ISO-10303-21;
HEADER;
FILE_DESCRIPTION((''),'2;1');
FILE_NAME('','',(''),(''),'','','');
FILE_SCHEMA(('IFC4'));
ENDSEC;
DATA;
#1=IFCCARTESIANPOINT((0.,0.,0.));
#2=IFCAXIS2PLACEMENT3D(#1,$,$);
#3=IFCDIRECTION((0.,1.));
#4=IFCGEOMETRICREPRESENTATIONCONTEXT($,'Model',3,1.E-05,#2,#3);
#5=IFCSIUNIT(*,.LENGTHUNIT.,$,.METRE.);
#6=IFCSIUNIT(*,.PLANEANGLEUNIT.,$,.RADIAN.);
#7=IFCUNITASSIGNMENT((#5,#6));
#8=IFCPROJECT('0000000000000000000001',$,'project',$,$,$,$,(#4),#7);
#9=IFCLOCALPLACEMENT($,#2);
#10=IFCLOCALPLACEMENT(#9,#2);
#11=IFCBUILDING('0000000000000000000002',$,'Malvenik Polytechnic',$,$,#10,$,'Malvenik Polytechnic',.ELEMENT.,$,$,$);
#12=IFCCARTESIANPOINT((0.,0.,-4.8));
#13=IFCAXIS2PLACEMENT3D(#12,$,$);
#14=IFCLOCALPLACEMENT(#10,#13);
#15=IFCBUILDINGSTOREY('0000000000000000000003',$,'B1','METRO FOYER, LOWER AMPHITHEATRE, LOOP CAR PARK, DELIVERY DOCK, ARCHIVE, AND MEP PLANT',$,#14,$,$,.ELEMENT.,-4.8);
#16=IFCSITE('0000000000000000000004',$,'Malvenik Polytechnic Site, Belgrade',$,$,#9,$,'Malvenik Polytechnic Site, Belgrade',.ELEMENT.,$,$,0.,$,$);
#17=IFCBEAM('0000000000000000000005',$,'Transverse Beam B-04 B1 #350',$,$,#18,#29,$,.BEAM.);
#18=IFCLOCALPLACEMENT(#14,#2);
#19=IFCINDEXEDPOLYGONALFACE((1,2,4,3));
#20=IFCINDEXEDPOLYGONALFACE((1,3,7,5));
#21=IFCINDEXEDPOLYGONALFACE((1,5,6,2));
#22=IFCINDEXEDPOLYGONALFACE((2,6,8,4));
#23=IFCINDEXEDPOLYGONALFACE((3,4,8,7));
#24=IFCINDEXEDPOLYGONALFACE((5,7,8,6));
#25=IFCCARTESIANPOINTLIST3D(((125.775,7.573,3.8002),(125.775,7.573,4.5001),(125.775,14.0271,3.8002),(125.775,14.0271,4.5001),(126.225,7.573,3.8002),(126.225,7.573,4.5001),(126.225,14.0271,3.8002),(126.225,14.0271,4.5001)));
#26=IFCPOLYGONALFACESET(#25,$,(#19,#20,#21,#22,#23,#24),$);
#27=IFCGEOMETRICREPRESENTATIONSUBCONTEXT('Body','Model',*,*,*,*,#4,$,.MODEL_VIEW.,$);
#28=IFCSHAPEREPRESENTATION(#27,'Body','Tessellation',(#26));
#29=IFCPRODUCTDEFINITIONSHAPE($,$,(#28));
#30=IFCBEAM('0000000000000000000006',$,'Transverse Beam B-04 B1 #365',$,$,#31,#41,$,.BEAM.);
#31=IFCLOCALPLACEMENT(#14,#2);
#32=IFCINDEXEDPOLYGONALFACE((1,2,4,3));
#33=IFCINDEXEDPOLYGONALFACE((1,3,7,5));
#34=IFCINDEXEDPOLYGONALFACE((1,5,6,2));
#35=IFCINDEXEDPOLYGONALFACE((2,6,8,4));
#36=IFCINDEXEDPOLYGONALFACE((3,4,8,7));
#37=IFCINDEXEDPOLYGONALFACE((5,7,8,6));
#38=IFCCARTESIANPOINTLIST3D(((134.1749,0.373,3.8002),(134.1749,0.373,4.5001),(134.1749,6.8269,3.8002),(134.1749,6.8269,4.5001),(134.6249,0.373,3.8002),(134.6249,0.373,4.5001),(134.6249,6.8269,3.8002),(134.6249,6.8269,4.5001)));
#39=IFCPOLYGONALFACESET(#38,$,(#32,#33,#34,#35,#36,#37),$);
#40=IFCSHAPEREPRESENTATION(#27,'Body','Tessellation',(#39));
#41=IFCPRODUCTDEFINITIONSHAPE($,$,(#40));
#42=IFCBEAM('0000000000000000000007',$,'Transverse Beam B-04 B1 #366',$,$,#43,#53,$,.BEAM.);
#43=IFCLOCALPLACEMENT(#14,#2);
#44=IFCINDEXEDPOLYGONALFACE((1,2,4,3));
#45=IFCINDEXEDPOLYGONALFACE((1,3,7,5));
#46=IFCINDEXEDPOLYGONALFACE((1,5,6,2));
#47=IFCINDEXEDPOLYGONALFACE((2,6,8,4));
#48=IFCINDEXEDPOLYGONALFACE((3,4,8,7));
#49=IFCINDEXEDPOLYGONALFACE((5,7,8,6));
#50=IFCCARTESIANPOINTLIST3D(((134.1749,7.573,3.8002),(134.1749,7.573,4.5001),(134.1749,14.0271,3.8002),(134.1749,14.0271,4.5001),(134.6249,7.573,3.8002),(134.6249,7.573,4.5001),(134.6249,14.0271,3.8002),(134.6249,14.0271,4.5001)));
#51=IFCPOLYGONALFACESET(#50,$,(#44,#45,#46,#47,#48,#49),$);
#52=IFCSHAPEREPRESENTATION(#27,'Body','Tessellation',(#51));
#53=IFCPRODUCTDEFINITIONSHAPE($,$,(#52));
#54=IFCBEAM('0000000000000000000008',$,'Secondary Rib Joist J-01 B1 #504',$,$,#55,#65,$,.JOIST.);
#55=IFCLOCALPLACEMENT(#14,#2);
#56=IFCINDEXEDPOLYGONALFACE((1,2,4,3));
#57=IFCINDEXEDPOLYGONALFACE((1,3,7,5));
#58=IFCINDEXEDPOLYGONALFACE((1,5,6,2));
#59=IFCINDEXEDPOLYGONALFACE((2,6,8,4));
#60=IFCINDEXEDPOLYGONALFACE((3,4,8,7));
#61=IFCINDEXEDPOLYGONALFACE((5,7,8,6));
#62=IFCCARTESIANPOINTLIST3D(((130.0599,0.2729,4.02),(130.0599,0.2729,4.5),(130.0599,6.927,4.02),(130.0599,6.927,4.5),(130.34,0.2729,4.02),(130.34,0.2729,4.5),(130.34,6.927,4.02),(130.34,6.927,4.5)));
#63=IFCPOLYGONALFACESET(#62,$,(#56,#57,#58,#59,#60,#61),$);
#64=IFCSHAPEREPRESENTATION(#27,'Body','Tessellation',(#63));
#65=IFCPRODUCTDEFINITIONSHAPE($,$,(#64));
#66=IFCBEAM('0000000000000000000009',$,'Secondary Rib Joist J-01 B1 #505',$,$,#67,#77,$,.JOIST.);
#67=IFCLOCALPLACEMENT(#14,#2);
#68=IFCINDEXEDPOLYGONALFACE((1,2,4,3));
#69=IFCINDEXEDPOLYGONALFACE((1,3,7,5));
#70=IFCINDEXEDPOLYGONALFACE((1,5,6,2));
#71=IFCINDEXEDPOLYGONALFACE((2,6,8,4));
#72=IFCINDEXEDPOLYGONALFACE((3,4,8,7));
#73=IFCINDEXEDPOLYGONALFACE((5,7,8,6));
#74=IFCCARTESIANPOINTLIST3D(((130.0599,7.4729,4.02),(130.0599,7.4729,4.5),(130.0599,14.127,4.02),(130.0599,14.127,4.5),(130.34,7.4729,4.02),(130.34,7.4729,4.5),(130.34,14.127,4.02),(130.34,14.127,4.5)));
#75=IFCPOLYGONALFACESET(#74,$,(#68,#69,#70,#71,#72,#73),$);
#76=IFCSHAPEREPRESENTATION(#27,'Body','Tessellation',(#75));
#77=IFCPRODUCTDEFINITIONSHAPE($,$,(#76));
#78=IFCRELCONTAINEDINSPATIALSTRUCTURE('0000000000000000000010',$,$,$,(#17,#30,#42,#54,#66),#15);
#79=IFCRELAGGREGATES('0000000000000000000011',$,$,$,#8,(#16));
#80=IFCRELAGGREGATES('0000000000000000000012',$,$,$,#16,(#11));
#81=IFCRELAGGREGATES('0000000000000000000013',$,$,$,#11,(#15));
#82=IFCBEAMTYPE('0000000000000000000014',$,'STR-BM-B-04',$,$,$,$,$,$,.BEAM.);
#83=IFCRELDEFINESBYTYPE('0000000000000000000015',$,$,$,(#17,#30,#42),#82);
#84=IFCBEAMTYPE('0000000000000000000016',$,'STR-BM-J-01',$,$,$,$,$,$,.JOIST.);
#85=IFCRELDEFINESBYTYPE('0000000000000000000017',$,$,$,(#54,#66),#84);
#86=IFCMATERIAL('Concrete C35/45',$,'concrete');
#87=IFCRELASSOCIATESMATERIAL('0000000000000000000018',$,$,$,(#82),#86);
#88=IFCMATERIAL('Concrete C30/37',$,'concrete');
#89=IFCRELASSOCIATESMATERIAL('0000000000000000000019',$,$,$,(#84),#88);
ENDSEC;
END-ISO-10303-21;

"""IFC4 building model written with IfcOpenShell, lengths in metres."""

from ifc_helpers import new_model, si_unit, direction, frame, origin, origin_2d, place, context, subcontext, project, spatial, rectangle, extrude, material, material_profile, profile_set, type_object, element, save


model = new_model("IFC4")

# Units and contexts
model_context = context("Model", 3, precision=1e-05, world=origin(), true_north=direction((0.0, 1.0)))
body_context = subcontext(model_context, "Body", "Model", "MODEL_VIEW")
ifc_project = project(units=[si_unit("LENGTHUNIT", "METRE"), si_unit("PLANEANGLEUNIT", "RADIAN")], contexts=[model_context])

# Site, building, storey
site_placement = place(None, origin())
site = spatial("IfcSite", under=ifc_project, at=site_placement, Name="Malvenik Polytechnic Site, Belgrade", LongName="Malvenik Polytechnic Site, Belgrade", CompositionType="ELEMENT", RefElevation=0.0)
building_placement = place(site_placement, origin())
building = spatial("IfcBuilding", under=site, at=building_placement, Name="Malvenik Polytechnic", LongName="Malvenik Polytechnic", CompositionType="ELEMENT")
storey_placement = place(building_placement, frame((0.0, 0.0, -4.8)))
storey = spatial("IfcBuildingStorey", under=building, at=storey_placement, Name="B1", Description="METRO FOYER, LOWER AMPHITHEATRE, LOOP CAR PARK, DELIVERY DOCK, ARCHIVE, AND MEP PLANT", CompositionType="ELEMENT", Elevation=-4.8)

# Shared definitions
ifc_material_1 = material(Name="Concrete C35/45", Category="concrete")

# Beams
ifc_material_profile_1 = material_profile(ifc_material_1, rectangle(XDim=0.45, YDim=0.7, at=origin_2d()), Name="RC BM 450x700")
ifc_profile_set_1 = profile_set([ifc_material_profile_1], Name="Concrete C35/45")
beam_type_1 = type_object("IfcBeamType", Name="STR-BM-B-04", PredefinedType="BEAM", material=ifc_profile_set_1)
beam_1_placement = place(storey_placement, frame((126.0, 7.573, 4.1501), z_axis=(0.0, 1.0, 0.0), x_axis=(-1.0, 0.0, 0.0)))
element("IfcBeam", 1, at=beam_1_placement, inside=storey, type_object=beam_type_1, Name="Transverse Beam B-04 B1 #350", PredefinedType="BEAM", context=body_context, shape_type="SweptSolid", body=[
    extrude(rectangle(XDim=0.45, YDim=0.7, at=origin_2d()), origin(), (0.0, 0.0, 1.0), 6.4541),
])
beam_2_placement = place(storey_placement, frame((134.3999, 0.373, 4.1501), z_axis=(0.0, 1.0, 0.0), x_axis=(-1.0, 0.0, 0.0)))
element("IfcBeam", 2, at=beam_2_placement, inside=storey, type_object=beam_type_1, Name="Transverse Beam B-04 B1 #365", PredefinedType="BEAM", context=body_context, shape_type="SweptSolid", body=[
    extrude(rectangle(XDim=0.45, YDim=0.7, at=origin_2d()), origin(), (0.0, 0.0, 1.0), 6.4539),
])
beam_3_placement = place(storey_placement, frame((134.3999, 7.573, 4.1501), z_axis=(0.0, 1.0, 0.0), x_axis=(-1.0, 0.0, 0.0)))
element("IfcBeam", 3, at=beam_3_placement, inside=storey, type_object=beam_type_1, Name="Transverse Beam B-04 B1 #366", PredefinedType="BEAM", context=body_context, shape_type="SweptSolid", body=[
    extrude(rectangle(XDim=0.45, YDim=0.7, at=origin_2d()), origin(), (0.0, 0.0, 1.0), 6.4541),
])
ifc_material_2 = material(Name="Concrete C30/37", Category="concrete")
ifc_material_profile_2 = material_profile(ifc_material_2, rectangle(XDim=0.28, YDim=0.48, at=origin_2d()), Name="RC JST 280x480")
ifc_profile_set_2 = profile_set([ifc_material_profile_2], Name="Concrete C30/37")
beam_type_2 = type_object("IfcBeamType", Name="STR-BM-J-01", PredefinedType="JOIST", material=ifc_profile_set_2)
for number, where, z_axis, x_axis, name in (
    (4, (130.2, 0.2729, 4.26), (0.0, 1.0, 0.0), (-1.0, 0.0, 0.0), "Secondary Rib Joist J-01 B1 #504"),
    (5, (130.2, 7.4729, 4.26), (0.0, 1.0, 0.0), (-1.0, 0.0, 0.0), "Secondary Rib Joist J-01 B1 #505"),
):
    element("IfcBeam", number, at=place(storey_placement, frame(where, z_axis=z_axis, x_axis=x_axis)), inside=storey, type_object=beam_type_2, Name=name, PredefinedType="JOIST", context=body_context, shape_type="SweptSolid", body=[
        extrude(rectangle(XDim=0.28, YDim=0.48, at=origin_2d()), origin(), (0.0, 0.0, 1.0), 6.6541),
    ])

save(model, "model.ifc")
